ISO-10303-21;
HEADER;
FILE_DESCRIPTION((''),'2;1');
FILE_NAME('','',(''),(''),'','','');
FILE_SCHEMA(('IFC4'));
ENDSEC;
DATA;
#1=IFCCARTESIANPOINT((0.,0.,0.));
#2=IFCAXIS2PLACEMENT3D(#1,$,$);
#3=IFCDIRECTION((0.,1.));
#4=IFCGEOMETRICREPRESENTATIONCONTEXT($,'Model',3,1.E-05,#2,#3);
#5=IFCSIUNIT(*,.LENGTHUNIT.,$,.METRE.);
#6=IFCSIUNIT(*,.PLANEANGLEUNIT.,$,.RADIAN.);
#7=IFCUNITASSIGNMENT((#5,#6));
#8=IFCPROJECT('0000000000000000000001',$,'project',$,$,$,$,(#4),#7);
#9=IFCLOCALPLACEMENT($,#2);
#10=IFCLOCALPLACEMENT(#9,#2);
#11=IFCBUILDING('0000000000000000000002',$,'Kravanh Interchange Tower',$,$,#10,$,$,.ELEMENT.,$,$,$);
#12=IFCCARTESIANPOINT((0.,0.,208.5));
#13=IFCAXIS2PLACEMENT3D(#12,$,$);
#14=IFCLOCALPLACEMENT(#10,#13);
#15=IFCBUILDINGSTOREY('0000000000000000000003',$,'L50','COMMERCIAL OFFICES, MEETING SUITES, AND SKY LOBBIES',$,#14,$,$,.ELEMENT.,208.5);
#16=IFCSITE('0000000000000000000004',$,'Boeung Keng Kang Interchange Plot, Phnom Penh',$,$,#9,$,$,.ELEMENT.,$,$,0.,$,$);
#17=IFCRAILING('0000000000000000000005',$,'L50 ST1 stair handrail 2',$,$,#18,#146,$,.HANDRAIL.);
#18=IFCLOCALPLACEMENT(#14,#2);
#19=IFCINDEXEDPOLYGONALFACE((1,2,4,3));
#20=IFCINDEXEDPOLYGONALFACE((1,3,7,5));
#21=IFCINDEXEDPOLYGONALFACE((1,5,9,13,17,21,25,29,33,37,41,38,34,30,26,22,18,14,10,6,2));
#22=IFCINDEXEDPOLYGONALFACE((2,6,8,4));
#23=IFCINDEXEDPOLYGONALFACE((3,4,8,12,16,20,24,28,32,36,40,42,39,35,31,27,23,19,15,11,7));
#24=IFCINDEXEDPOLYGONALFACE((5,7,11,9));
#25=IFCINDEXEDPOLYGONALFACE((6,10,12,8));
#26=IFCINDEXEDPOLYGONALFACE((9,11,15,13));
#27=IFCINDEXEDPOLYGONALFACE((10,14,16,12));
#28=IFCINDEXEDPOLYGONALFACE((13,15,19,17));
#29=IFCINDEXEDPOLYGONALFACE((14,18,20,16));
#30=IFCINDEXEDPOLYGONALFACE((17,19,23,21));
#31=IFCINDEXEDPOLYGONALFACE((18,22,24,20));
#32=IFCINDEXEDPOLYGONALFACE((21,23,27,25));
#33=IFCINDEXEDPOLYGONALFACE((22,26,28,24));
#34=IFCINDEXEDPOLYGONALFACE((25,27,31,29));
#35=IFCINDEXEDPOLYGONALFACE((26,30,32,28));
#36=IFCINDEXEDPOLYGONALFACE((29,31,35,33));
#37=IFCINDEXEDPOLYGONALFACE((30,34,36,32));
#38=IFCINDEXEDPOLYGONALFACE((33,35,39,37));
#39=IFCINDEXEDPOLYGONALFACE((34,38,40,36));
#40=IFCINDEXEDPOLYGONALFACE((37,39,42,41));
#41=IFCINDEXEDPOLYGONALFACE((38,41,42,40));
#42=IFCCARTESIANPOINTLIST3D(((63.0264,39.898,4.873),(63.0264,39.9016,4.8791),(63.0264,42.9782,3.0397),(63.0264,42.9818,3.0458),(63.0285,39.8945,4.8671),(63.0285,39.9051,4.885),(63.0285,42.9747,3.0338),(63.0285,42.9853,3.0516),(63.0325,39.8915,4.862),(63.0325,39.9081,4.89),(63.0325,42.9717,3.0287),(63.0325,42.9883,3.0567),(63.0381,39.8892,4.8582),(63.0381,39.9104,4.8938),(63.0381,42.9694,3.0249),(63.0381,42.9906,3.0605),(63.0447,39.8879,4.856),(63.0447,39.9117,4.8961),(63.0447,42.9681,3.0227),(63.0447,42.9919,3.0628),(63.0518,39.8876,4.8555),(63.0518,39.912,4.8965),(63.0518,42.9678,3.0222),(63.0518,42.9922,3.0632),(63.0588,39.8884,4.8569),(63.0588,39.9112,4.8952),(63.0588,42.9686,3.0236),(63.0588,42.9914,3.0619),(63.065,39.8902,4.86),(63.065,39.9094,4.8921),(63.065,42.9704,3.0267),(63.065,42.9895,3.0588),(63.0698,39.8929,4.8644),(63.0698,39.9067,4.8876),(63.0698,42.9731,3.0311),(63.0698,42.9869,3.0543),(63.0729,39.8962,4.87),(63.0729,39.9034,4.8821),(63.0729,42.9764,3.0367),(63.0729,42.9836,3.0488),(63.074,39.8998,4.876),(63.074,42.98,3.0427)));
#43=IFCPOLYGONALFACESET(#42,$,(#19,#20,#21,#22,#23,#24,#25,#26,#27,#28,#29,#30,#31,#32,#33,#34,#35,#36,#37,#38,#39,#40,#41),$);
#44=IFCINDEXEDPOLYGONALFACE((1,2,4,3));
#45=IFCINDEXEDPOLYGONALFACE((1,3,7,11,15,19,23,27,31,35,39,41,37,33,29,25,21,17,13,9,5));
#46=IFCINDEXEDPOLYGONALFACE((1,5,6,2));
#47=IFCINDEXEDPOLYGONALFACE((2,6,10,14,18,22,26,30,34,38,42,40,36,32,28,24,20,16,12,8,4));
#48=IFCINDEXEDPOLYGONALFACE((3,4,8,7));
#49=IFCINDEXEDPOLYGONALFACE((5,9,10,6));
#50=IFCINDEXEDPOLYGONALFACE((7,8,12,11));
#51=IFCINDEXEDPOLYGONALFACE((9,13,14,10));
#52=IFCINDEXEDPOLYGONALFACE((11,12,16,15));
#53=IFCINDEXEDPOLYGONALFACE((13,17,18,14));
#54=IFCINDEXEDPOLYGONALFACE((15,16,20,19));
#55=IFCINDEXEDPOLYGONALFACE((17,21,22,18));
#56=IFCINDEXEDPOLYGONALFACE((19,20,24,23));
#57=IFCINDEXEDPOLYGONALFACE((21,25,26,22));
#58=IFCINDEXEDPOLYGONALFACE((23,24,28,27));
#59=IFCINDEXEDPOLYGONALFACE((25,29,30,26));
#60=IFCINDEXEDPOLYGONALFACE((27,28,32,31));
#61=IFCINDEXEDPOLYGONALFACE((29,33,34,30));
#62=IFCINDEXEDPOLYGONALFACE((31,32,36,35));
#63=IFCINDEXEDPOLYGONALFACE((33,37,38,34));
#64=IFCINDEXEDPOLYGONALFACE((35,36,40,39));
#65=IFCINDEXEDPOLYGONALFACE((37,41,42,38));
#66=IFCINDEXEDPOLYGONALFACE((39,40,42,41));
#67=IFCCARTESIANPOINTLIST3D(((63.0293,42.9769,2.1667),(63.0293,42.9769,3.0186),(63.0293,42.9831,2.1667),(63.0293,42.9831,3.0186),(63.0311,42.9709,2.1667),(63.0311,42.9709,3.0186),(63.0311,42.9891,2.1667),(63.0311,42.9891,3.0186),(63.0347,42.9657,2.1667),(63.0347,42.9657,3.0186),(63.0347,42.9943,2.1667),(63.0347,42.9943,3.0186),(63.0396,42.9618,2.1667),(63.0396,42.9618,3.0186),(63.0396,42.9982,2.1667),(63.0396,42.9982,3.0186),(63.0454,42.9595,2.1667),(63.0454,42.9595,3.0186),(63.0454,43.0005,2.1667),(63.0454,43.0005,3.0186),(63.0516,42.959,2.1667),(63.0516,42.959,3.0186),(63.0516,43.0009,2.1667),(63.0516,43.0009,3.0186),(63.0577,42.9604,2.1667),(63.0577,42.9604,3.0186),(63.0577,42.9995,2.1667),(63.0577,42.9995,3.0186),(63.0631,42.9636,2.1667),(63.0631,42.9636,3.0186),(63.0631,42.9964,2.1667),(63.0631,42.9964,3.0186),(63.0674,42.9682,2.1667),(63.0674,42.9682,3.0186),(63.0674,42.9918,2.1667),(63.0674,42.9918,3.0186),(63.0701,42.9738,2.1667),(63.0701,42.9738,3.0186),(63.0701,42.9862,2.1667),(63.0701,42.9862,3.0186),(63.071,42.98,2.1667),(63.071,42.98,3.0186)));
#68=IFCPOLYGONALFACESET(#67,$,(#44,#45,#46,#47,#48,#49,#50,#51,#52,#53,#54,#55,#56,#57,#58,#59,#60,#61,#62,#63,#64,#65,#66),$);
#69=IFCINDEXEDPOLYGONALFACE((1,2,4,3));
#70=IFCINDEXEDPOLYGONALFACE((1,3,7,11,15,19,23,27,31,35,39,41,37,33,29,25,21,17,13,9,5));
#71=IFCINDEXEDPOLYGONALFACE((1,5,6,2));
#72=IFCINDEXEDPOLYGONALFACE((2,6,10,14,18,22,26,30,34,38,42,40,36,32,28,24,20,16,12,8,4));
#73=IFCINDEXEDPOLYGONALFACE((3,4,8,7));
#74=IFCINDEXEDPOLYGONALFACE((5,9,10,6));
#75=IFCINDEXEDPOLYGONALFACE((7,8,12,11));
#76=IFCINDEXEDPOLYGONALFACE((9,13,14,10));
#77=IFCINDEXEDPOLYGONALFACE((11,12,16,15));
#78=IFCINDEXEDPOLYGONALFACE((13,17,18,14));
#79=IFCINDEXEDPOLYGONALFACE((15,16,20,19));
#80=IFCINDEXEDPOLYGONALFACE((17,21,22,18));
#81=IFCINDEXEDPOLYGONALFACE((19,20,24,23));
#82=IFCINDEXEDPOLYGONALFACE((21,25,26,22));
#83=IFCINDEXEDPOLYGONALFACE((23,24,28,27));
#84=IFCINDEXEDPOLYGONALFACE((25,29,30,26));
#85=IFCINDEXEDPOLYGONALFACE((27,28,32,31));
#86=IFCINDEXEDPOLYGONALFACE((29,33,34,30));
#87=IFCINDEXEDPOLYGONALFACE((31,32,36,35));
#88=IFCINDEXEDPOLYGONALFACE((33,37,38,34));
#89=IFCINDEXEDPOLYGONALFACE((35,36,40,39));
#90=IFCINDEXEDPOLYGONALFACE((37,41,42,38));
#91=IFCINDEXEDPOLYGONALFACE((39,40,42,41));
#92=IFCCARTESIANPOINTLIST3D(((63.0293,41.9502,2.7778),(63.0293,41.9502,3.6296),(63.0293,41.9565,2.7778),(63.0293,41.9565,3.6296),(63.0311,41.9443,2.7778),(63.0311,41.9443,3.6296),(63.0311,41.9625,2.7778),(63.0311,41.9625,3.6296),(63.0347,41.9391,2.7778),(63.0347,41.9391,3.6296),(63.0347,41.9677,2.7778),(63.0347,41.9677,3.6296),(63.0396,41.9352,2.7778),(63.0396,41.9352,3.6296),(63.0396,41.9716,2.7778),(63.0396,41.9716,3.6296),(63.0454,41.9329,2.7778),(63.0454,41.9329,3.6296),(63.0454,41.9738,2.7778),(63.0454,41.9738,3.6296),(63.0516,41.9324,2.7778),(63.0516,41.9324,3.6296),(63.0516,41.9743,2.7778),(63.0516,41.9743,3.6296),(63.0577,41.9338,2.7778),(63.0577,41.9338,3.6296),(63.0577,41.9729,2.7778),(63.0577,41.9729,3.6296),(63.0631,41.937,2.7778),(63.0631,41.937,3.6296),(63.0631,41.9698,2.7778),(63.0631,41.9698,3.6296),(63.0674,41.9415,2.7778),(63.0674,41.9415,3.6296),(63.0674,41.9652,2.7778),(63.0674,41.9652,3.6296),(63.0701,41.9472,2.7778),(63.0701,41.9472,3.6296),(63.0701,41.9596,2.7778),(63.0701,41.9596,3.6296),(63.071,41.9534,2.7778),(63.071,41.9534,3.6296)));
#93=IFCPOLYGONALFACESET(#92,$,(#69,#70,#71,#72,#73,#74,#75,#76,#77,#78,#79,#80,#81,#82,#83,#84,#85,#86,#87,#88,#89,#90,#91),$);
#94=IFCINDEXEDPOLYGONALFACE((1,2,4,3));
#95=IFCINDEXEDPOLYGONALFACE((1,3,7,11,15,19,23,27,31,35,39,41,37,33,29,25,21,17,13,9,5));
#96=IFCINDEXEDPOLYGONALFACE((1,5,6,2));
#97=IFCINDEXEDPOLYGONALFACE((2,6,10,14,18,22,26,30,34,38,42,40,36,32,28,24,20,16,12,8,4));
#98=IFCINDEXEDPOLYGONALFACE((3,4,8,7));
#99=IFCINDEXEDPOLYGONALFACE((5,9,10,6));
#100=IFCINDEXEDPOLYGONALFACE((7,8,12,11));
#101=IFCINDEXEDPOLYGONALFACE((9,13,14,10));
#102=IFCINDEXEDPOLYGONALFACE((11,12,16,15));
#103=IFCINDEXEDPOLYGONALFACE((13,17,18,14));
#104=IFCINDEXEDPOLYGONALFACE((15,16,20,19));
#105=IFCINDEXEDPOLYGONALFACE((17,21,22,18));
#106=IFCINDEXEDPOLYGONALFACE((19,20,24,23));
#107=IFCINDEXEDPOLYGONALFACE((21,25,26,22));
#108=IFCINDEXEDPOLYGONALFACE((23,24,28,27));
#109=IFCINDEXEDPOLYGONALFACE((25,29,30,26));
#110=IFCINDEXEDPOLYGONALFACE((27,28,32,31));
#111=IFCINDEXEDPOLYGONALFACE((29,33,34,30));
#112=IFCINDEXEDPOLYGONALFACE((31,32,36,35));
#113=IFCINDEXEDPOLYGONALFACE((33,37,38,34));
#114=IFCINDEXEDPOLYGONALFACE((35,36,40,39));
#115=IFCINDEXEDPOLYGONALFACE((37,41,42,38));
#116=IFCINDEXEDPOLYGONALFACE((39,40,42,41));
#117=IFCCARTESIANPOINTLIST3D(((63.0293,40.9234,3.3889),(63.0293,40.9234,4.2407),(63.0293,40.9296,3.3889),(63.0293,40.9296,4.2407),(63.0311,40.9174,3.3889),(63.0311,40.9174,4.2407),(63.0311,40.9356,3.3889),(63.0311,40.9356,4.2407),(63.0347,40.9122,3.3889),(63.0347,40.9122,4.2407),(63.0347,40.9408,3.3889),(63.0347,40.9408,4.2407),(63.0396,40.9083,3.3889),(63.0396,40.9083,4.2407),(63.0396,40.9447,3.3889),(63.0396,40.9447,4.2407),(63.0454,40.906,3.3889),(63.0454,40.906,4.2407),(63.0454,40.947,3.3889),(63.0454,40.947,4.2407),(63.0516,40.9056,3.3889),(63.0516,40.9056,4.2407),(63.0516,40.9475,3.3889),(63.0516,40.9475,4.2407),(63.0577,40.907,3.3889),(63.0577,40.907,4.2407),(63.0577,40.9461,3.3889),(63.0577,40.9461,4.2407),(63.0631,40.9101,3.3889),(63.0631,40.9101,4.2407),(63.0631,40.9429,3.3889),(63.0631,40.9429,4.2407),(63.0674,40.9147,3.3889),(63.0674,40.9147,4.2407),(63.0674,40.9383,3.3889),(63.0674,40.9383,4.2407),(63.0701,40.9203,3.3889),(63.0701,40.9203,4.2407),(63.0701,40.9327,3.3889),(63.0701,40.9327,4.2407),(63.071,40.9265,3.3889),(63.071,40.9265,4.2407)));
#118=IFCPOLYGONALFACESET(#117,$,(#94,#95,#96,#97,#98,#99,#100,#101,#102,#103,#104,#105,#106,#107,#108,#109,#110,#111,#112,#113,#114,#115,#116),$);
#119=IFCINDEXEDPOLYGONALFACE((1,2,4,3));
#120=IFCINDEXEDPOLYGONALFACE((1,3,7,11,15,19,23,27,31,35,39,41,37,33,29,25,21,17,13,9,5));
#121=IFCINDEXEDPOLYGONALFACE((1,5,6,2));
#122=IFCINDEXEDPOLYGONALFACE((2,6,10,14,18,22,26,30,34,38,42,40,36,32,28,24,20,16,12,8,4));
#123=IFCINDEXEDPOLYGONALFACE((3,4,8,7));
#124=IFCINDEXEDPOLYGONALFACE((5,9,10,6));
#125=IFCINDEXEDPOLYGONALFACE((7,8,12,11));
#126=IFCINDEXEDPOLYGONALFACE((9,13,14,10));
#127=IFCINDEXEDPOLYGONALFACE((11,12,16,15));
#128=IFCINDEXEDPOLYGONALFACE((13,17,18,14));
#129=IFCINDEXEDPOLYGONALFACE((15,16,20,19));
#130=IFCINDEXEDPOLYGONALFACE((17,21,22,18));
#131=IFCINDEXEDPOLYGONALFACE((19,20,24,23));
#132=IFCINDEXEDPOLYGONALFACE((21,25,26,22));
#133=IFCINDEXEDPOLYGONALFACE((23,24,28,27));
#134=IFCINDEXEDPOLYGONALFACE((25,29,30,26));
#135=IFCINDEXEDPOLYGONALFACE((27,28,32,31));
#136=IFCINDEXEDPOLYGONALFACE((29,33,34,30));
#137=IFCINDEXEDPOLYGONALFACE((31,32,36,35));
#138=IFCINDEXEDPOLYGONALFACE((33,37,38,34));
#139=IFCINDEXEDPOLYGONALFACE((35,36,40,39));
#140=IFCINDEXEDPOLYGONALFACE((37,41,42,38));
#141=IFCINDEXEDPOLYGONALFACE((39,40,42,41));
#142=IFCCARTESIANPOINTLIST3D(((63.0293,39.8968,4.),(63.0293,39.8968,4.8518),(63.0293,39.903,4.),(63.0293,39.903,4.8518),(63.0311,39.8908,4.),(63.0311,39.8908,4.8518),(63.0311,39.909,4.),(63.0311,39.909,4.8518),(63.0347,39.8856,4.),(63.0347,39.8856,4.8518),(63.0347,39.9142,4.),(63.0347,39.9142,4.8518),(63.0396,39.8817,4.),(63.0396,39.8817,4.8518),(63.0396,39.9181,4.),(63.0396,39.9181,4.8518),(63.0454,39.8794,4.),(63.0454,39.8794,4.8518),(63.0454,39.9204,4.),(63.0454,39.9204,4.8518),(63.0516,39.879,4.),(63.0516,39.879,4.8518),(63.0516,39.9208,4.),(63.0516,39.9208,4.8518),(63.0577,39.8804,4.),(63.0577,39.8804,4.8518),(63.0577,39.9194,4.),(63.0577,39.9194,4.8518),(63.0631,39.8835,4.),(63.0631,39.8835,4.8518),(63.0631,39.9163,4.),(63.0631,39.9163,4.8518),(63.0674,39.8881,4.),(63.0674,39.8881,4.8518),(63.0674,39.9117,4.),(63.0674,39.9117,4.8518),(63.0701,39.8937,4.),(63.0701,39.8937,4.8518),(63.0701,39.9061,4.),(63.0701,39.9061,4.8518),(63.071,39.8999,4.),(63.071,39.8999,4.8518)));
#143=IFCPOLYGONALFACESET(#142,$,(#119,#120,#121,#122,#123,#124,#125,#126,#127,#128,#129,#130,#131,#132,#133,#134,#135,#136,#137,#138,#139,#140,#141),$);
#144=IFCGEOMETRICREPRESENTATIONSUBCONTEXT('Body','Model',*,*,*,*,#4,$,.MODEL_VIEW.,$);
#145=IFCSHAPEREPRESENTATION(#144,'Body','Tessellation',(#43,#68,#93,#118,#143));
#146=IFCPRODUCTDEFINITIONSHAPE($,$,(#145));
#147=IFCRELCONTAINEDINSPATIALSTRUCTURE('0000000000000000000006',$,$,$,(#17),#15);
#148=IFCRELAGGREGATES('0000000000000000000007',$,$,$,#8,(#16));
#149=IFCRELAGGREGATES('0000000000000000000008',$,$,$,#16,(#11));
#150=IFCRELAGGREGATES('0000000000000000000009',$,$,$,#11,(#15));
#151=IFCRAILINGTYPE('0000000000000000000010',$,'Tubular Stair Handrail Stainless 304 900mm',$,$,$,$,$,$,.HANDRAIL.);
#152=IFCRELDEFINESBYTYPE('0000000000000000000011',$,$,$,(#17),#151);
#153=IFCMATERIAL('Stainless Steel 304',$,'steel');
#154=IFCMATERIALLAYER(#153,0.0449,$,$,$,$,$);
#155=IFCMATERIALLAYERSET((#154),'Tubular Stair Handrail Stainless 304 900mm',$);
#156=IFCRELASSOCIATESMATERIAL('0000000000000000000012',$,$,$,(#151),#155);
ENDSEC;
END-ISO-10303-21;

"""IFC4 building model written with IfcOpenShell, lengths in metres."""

from ifc_helpers import new_model, si_unit, direction, frame, origin, origin_2d, place, context, subcontext, project, spatial, circle, extrude, material, layer, layer_set, type_object, element, save


model = new_model("IFC4")

# Units and contexts
model_context = context("Model", 3, precision=1e-05, world=origin(), true_north=direction((0.0, 1.0)))
body_context = subcontext(model_context, "Body", "Model", "MODEL_VIEW")
ifc_project = project(units=[si_unit("LENGTHUNIT", "METRE"), si_unit("PLANEANGLEUNIT", "RADIAN")], contexts=[model_context])

# Site, building, storey
site_placement = place(None, origin())
site = spatial("IfcSite", under=ifc_project, at=site_placement, Name="Boeung Keng Kang Interchange Plot, Phnom Penh", CompositionType="ELEMENT", RefElevation=0.0)
building_placement = place(site_placement, origin())
building = spatial("IfcBuilding", under=site, at=building_placement, Name="Kravanh Interchange Tower", CompositionType="ELEMENT")
storey_placement = place(building_placement, frame((0.0, 0.0, 208.5)))
storey = spatial("IfcBuildingStorey", under=building, at=storey_placement, Name="L50", Description="COMMERCIAL OFFICES, MEETING SUITES, AND SKY LOBBIES", CompositionType="ELEMENT", Elevation=208.5)

# Railing
ifc_material_1 = material(Name="Stainless Steel 304", Category="steel")
ifc_layer_1 = layer(ifc_material_1, 0.0449)
ifc_layer_set_1 = layer_set([ifc_layer_1], Name="Tubular Stair Handrail Stainless 304 900mm")
railing_type_1 = type_object("IfcRailingType", Name="Tubular Stair Handrail Stainless 304 900mm", PredefinedType="HANDRAIL", material=ifc_layer_set_1)
railing_1_placement = place(storey_placement, frame((63.05, 42.98, 2.1667)))
element("IfcRailing", 1, at=railing_1_placement, inside=storey, type_object=railing_type_1, Name="L50 ST1 stair handrail 2", PredefinedType="HANDRAIL", context=body_context, shape_type="SweptSolid", body=[
    extrude(circle(Radius=0.0239, at=origin_2d()), frame((0.0, 0.0, 0.876), z_axis=(0.0, -0.859309, 0.511458), x_axis=(1.0, 0.0, 0.0)), (0.0, 0.0, 1.0), 3.5845),
    extrude(circle(Radius=0.021, at=origin_2d()), origin(), (0.0, 0.0, 1.0), 0.8518),
    extrude(circle(Radius=0.021, at=origin_2d()), frame((0.0, -1.0266, 0.6111)), (0.0, 0.0, 1.0), 0.8518),
    extrude(circle(Radius=0.021, at=origin_2d()), frame((0.0, -2.0535, 1.2222)), (0.0, 0.0, 1.0), 0.8518),
    extrude(circle(Radius=0.021, at=origin_2d()), frame((0.0, -3.0801, 1.8333)), (0.0, 0.0, 1.0), 0.8518),
])

save(model, "model.ifc")
